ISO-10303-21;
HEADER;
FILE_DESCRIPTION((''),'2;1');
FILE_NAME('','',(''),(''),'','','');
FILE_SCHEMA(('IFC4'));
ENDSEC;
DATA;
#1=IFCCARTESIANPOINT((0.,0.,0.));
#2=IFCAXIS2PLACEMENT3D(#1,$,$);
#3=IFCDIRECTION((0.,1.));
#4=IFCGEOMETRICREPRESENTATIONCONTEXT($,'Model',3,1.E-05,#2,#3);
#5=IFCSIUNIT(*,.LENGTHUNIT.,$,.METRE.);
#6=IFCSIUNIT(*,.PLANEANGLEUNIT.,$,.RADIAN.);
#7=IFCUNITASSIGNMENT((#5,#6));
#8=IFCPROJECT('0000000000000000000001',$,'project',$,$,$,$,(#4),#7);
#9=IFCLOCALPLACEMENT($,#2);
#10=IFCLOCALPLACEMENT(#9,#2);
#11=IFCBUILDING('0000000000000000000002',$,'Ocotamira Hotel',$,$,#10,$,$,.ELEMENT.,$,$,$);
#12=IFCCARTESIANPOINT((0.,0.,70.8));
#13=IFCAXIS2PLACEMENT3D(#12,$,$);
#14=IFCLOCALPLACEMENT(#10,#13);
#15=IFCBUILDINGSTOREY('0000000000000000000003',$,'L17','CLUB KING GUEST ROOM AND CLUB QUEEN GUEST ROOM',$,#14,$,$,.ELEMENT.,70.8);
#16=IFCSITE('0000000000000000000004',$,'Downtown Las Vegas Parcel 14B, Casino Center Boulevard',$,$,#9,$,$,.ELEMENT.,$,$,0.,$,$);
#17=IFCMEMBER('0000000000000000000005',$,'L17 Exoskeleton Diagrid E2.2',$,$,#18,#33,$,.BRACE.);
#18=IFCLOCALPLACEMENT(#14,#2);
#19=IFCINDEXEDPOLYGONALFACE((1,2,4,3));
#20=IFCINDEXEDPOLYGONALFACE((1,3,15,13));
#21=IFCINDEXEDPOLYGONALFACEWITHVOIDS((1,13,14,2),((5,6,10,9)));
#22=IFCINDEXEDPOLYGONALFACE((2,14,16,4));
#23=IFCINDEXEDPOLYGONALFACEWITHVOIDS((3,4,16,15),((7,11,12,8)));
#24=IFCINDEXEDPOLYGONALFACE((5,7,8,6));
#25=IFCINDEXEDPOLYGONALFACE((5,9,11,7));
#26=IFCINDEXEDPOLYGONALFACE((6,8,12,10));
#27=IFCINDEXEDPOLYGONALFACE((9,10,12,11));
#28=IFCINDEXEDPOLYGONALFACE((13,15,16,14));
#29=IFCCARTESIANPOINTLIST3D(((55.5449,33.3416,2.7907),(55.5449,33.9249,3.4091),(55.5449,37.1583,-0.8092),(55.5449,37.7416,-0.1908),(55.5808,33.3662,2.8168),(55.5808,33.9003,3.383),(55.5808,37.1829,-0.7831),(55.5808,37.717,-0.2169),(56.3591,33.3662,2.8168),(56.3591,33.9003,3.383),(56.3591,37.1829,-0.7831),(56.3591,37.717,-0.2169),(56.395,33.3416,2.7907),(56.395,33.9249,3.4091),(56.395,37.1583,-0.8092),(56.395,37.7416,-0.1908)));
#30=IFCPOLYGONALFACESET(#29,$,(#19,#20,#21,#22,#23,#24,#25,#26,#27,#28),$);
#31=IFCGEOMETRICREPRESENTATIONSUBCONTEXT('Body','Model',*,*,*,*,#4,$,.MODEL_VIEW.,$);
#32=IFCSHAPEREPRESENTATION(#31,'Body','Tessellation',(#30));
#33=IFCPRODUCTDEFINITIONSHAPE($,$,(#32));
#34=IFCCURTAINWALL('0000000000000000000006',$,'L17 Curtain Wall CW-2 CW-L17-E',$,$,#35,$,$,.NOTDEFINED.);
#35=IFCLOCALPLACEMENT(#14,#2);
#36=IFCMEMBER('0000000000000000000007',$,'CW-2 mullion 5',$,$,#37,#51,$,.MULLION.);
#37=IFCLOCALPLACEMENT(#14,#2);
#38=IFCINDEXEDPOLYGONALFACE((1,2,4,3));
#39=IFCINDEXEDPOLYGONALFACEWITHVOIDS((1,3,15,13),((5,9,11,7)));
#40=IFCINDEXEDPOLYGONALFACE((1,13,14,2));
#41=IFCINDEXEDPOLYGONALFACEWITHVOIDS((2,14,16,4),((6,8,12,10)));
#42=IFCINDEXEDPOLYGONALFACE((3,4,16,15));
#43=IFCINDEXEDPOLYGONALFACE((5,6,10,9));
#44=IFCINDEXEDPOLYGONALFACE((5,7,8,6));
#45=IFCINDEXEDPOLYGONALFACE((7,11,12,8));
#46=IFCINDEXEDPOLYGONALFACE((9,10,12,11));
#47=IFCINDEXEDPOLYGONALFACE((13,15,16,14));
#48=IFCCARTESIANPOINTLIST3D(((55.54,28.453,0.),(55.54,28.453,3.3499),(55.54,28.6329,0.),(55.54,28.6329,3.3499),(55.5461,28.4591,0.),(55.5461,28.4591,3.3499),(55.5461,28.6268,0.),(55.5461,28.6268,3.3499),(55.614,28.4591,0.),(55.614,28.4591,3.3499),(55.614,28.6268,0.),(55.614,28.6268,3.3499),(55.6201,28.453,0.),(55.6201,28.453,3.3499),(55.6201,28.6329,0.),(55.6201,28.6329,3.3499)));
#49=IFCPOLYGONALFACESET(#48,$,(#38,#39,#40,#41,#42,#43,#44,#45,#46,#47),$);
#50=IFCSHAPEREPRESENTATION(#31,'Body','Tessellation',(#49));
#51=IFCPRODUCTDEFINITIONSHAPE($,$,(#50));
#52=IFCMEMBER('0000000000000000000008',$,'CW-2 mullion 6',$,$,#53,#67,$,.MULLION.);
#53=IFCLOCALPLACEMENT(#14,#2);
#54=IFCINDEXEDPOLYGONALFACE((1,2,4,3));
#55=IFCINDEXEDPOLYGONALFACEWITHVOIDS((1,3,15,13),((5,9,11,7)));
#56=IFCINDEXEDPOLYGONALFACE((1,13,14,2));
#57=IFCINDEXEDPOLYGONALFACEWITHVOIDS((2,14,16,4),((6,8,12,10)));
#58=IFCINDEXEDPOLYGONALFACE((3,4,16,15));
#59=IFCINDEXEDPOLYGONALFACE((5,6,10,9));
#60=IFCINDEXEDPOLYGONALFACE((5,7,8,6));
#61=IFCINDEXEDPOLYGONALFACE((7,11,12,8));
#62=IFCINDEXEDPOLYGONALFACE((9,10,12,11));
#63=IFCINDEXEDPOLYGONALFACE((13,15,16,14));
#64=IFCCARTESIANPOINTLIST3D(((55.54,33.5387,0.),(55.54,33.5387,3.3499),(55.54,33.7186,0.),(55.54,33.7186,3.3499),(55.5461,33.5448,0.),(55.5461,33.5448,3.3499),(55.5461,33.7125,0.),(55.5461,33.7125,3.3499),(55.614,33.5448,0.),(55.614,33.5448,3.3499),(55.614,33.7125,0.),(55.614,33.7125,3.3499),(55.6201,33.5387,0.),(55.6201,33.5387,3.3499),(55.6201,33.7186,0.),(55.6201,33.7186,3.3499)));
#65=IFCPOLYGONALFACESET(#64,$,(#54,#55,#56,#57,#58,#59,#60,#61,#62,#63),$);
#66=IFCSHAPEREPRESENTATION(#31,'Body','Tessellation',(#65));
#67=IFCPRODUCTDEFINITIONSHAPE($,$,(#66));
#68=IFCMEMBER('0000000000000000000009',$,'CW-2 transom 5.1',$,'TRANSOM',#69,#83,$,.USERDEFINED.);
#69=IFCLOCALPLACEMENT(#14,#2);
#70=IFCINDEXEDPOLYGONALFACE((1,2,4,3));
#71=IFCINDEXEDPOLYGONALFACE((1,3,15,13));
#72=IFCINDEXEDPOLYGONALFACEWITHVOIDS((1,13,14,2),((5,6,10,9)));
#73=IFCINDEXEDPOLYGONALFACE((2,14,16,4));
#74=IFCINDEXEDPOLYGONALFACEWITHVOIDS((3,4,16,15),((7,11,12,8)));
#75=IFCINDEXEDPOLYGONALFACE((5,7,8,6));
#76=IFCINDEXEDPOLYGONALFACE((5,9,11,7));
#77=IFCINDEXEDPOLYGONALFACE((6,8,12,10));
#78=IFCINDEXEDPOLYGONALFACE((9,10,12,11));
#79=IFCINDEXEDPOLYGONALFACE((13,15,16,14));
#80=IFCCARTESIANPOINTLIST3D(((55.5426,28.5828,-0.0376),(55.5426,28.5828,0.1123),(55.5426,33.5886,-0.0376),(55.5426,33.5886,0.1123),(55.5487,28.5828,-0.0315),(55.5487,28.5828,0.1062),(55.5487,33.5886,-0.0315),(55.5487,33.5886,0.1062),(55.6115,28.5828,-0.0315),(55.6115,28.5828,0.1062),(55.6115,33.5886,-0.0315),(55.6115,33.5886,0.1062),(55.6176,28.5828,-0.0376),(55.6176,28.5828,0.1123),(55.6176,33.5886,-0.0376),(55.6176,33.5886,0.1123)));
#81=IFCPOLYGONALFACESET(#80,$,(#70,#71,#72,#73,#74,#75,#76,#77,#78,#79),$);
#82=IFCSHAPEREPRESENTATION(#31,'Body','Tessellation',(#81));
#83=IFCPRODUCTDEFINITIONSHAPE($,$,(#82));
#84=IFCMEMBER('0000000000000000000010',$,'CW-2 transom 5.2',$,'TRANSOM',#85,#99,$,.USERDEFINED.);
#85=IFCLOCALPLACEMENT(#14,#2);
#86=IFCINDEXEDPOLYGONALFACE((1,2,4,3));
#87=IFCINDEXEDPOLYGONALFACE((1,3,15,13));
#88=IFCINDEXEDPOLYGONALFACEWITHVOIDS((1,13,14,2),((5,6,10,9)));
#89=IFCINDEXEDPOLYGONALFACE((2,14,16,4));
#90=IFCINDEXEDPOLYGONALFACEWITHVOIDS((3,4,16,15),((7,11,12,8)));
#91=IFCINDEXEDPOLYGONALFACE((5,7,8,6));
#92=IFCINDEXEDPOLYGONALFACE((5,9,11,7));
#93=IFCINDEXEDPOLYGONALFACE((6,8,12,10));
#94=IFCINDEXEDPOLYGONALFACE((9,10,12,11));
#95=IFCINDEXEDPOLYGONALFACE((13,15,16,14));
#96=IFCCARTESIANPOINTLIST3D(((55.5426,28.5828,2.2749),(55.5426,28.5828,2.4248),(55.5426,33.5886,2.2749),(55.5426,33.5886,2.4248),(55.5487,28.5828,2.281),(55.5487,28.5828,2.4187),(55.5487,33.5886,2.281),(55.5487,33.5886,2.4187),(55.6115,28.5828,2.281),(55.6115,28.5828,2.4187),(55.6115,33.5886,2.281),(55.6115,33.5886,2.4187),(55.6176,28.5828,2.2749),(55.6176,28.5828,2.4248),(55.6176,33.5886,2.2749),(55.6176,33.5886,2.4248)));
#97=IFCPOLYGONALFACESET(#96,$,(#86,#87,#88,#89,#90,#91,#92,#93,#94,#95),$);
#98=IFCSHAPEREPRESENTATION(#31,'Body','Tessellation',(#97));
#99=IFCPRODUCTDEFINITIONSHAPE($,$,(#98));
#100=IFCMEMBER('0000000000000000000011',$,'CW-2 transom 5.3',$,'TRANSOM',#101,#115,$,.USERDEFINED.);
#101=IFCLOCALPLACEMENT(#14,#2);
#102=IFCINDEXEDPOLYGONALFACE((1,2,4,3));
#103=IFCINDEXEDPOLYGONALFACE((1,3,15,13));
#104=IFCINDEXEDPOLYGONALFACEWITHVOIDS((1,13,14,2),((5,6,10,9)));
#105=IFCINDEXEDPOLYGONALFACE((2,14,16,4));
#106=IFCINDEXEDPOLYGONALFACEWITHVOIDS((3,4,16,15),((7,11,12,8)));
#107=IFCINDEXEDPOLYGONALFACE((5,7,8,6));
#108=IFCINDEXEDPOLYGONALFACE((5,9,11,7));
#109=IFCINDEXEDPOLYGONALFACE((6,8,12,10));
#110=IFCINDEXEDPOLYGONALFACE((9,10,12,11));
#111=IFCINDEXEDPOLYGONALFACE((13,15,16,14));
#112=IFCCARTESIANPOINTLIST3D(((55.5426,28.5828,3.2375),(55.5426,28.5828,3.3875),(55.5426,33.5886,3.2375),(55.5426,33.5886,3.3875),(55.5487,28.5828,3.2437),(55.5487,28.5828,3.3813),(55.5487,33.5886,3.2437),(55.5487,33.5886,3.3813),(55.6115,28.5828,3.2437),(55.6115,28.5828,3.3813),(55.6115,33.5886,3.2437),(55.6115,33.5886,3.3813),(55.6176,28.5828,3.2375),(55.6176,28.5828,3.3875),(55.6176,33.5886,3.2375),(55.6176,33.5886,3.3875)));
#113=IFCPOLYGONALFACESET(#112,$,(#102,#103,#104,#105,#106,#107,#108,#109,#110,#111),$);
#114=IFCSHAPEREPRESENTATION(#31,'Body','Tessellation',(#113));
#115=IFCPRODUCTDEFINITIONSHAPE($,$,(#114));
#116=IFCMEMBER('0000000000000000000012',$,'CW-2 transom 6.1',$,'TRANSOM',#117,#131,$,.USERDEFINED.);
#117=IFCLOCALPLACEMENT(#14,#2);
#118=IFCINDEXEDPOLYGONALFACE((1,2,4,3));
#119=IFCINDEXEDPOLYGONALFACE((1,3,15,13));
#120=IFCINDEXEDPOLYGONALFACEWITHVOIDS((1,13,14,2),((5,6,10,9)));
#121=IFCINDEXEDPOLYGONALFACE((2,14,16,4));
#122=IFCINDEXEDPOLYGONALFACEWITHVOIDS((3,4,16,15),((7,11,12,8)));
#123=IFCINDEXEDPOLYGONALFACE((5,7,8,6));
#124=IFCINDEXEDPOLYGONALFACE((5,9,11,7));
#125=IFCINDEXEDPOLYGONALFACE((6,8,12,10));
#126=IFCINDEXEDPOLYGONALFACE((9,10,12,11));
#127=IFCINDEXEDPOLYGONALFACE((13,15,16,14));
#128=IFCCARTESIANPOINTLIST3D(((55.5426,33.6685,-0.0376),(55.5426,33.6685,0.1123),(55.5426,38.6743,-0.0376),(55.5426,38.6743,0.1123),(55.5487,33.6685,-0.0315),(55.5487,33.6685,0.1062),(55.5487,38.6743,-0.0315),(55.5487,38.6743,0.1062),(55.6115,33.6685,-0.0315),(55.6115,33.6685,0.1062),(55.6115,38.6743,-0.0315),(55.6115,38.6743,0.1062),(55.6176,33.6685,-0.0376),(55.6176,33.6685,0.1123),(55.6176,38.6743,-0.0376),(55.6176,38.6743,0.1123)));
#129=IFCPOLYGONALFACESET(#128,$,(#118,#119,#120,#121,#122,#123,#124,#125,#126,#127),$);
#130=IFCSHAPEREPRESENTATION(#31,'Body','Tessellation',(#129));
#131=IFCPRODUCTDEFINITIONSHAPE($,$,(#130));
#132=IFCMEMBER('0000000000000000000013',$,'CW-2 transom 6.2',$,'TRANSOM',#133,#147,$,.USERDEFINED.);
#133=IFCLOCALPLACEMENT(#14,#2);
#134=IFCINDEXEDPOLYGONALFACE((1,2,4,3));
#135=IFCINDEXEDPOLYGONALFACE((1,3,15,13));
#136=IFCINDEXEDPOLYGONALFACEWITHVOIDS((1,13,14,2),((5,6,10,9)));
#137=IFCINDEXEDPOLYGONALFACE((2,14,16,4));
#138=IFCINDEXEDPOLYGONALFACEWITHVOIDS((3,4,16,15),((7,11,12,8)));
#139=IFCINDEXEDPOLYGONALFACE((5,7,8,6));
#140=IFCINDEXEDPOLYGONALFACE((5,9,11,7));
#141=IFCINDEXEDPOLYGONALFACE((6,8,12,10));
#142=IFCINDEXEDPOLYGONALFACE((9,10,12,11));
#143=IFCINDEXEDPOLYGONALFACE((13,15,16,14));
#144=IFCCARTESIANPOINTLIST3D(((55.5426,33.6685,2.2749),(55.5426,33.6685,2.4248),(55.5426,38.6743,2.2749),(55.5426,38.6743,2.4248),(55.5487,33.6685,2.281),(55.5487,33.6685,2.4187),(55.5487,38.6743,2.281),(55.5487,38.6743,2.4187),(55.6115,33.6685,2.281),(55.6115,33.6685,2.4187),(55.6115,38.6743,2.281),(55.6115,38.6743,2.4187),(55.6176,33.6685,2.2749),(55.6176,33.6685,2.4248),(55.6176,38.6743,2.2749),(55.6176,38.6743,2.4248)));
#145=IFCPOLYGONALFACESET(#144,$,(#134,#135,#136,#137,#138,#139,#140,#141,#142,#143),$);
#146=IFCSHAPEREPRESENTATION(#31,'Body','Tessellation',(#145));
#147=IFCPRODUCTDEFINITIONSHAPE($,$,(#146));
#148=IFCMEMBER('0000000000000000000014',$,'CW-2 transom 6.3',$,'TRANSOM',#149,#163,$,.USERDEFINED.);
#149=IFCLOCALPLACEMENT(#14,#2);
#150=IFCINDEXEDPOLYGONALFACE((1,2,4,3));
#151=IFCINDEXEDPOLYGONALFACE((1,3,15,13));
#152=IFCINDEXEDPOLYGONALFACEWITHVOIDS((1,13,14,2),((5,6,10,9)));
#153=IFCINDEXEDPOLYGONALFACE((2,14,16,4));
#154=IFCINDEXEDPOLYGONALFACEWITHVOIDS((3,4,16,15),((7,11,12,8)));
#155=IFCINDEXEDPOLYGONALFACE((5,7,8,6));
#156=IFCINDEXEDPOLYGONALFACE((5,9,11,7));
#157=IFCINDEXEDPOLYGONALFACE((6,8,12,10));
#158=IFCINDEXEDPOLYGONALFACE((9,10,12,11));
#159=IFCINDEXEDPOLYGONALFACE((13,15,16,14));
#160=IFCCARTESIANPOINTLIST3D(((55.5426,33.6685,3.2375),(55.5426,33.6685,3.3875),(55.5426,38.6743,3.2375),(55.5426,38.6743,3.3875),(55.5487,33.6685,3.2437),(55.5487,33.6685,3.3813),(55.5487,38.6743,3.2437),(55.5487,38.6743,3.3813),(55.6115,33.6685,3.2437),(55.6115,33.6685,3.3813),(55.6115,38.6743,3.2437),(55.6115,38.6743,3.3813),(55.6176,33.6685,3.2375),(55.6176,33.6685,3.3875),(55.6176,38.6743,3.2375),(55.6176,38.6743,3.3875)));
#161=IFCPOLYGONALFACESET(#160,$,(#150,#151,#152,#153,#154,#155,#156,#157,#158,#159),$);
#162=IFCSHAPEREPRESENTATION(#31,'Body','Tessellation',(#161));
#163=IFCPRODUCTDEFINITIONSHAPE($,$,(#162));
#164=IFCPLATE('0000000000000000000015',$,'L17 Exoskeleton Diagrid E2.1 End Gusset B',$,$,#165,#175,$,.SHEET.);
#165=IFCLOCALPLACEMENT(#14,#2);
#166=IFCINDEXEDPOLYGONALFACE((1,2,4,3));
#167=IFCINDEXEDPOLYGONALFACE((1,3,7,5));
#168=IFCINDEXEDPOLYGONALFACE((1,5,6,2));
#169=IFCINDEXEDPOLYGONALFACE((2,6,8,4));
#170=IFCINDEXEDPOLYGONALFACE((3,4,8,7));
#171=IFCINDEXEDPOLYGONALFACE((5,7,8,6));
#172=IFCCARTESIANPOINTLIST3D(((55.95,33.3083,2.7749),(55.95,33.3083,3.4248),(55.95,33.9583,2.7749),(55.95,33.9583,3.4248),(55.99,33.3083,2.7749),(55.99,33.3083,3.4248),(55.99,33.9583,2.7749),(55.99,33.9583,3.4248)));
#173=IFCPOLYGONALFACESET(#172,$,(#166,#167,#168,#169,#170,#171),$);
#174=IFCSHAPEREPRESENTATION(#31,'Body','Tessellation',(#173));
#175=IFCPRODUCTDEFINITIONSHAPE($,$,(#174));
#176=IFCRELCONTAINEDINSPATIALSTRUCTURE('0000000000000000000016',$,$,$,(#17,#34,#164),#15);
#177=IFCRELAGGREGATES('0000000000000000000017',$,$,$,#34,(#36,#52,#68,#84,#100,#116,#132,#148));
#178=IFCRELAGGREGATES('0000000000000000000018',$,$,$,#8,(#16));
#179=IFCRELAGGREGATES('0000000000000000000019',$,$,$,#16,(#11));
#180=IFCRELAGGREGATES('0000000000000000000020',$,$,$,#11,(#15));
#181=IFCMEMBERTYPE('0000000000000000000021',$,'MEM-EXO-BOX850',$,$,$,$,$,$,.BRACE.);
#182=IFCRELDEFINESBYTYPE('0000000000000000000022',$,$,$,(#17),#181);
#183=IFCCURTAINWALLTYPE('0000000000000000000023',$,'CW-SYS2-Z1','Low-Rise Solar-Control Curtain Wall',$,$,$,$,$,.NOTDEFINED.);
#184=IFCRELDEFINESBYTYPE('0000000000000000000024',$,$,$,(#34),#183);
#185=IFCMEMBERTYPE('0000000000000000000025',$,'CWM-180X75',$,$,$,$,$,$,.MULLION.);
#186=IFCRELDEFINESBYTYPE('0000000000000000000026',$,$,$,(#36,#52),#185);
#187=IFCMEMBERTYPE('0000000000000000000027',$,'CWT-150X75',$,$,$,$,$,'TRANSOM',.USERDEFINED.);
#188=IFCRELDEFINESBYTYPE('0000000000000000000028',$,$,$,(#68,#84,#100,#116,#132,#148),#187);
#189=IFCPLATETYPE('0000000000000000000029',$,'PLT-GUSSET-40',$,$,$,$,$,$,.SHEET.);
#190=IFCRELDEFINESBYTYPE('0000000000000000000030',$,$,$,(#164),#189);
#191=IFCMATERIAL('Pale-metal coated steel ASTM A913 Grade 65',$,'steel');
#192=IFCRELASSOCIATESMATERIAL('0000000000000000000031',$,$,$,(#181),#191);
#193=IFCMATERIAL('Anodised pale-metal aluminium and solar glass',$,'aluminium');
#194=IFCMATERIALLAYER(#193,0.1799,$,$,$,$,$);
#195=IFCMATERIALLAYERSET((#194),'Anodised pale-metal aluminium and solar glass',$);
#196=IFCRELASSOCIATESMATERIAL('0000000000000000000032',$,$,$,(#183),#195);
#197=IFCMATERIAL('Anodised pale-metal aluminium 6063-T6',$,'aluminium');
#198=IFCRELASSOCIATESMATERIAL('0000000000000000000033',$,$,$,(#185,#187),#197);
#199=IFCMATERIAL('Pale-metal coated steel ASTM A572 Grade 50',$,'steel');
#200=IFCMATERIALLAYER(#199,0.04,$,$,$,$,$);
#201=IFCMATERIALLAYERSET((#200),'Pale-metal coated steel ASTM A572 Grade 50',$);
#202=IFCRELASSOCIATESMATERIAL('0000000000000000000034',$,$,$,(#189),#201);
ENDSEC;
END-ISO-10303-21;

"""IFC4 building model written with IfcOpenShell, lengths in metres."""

from ifc_helpers import new_model, si_unit, direction, frame, origin, origin_2d, place, context, subcontext, project, spatial, rectangle, hollow_rectangle, extrude, source, transform, mapped, material, layer, layer_set, material_profile, profile_set, type_object, element, aggregate, save


model = new_model("IFC4")

# Units and contexts
model_context = context("Model", 3, precision=1e-05, world=origin(), true_north=direction((0.0, 1.0)))
body_context = subcontext(model_context, "Body", "Model", "MODEL_VIEW")
ifc_project = project(units=[si_unit("LENGTHUNIT", "METRE"), si_unit("PLANEANGLEUNIT", "RADIAN")], contexts=[model_context])

# Site, building, storey
site_placement = place(None, origin())
site = spatial("IfcSite", under=ifc_project, at=site_placement, Name="Downtown Las Vegas Parcel 14B, Casino Center Boulevard", CompositionType="ELEMENT", RefElevation=0.0)
building_placement = place(site_placement, origin())
building = spatial("IfcBuilding", under=site, at=building_placement, Name="Ocotamira Hotel", CompositionType="ELEMENT")
storey_placement = place(building_placement, frame((0.0, 0.0, 70.8)))
storey = spatial("IfcBuildingStorey", under=building, at=storey_placement, Name="L17", Description="CLUB KING GUEST ROOM AND CLUB QUEEN GUEST ROOM", CompositionType="ELEMENT", Elevation=70.8)

# Member
ifc_material_1 = material(Name="Pale-metal coated steel ASTM A913 Grade 65", Category="steel")
ifc_material_profile_1 = material_profile(ifc_material_1, hollow_rectangle(XDim=0.8501, YDim=0.8501, WallThickness=0.0359, at=origin_2d()), Name="BOX850X850X36")
ifc_profile_set_1 = profile_set([ifc_material_profile_1], Name="Pale-metal coated steel ASTM A913 Grade 65")
member_type_1 = type_object("IfcMemberType", Name="MEM-EXO-BOX850", PredefinedType="BRACE", material=ifc_profile_set_1)
shared_shape_1 = source(origin(), body_context, "Body", "SweptSolid", [
    extrude(hollow_rectangle(XDim=0.8501, YDim=0.8501, WallThickness=0.0359, at=origin_2d()), origin(), (0.0, 0.0, 1.0), 5.2466),
])
for number, where, z_axis, x_axis, name in (
    (1, (55.97, 37.45, -0.5), (0.0, -0.727466, 0.686144), (1.0, 0.0, 0.0), "L17 Exoskeleton Diagrid E2.2"),
):
    element("IfcMember", number, at=place(storey_placement, frame(where, z_axis=z_axis, x_axis=x_axis)), inside=storey, type_object=member_type_1, Name=name, PredefinedType="BRACE", context=body_context, shape_type="MappedRepresentation", body=[
        mapped(shared_shape_1, transform((0.0, 0.0, 0.0), scale=1.0)),
    ])

# Curtain wall, members
ifc_material_2 = material(Name="Anodised pale-metal aluminium and solar glass", Category="aluminium")
ifc_layer_1 = layer(ifc_material_2, 0.1799)
ifc_layer_set_1 = layer_set([ifc_layer_1], Name="Anodised pale-metal aluminium and solar glass")
curtain_wall_type = type_object("IfcCurtainWallType", Name="CW-SYS2-Z1", Description="Low-Rise Solar-Control Curtain Wall", PredefinedType="NOTDEFINED", material=ifc_layer_set_1)
curtain_wall_placement = place(storey_placement, origin())
curtain_wall = element("IfcCurtainWall", 2, at=curtain_wall_placement, inside=storey, type_object=curtain_wall_type, Name="L17 Curtain Wall CW-2 CW-L17-E", PredefinedType="NOTDEFINED")
ifc_material_3 = material(Name="Anodised pale-metal aluminium 6063-T6", Category="aluminium")
ifc_material_profile_2 = material_profile(ifc_material_3, hollow_rectangle(XDim=0.0801, YDim=0.1799, WallThickness=0.0061, at=origin_2d()), Name="HSS180X80X6")
ifc_profile_set_2 = profile_set([ifc_material_profile_2], Name="Anodised pale-metal aluminium 6063-T6")
member_type_2 = type_object("IfcMemberType", Name="CWM-180X75", PredefinedType="MULLION", material=ifc_profile_set_2)
shared_shape_2 = source(origin(), body_context, "Body", "SweptSolid", [
    extrude(hollow_rectangle(XDim=0.0801, YDim=0.1799, WallThickness=0.0061, at=origin_2d()), origin(), (0.0, 0.0, 1.0), 3.3499),
])
member_1_placement = place(storey_placement, frame((55.5801, 28.543, 0.0), z_axis=(0.0, 0.0, 1.0), x_axis=(-1.0, 0.0, 0.0)))
member_1 = element("IfcMember", 3, at=member_1_placement, type_object=member_type_2, Name="CW-2 mullion 5", PredefinedType="MULLION", context=body_context, shape_type="MappedRepresentation", body=[
    mapped(shared_shape_2, transform((0.0, 0.0, 0.0), scale=1.0)),
])
member_2_placement = place(storey_placement, frame((55.5801, 33.6287, 0.0), z_axis=(0.0, 0.0, 1.0), x_axis=(-1.0, 0.0, 0.0)))
member_2 = element("IfcMember", 4, at=member_2_placement, type_object=member_type_2, Name="CW-2 mullion 6", PredefinedType="MULLION", context=body_context, shape_type="MappedRepresentation", body=[
    mapped(shared_shape_2, transform((0.0, 0.0, 0.0), scale=1.0)),
])
ifc_material_profile_3 = material_profile(ifc_material_3, hollow_rectangle(XDim=0.075, YDim=0.1499, WallThickness=0.0061, at=origin_2d()), Name="HSS150X75X6")
ifc_profile_set_3 = profile_set([ifc_material_profile_3], Name="Anodised pale-metal aluminium 6063-T6")
member_type_3 = type_object("IfcMemberType", Name="CWT-150X75", ElementType="TRANSOM", PredefinedType="USERDEFINED", material=ifc_profile_set_3)
shared_shape_3 = source(origin(), body_context, "Body", "SweptSolid", [
    extrude(hollow_rectangle(XDim=0.075, YDim=0.1499, WallThickness=0.0061, at=origin_2d()), origin(), (0.0, 0.0, 1.0), 5.0059),
])
member_3_placement = place(storey_placement, frame((55.5801, 28.5828, 0.0374), z_axis=(0.0, 1.0, 0.0), x_axis=(-1.0, 0.0, 0.0)))
member_3 = element("IfcMember", 5, at=member_3_placement, type_object=member_type_3, Name="CW-2 transom 5.1", ObjectType="TRANSOM", PredefinedType="USERDEFINED", context=body_context, shape_type="MappedRepresentation", body=[
    mapped(shared_shape_3, transform((0.0, 0.0, 0.0), scale=1.0)),
])
member_4_placement = place(storey_placement, frame((55.5801, 28.5828, 2.3499), z_axis=(0.0, 1.0, 0.0), x_axis=(-1.0, 0.0, 0.0)))
member_4 = element("IfcMember", 6, at=member_4_placement, type_object=member_type_3, Name="CW-2 transom 5.2", ObjectType="TRANSOM", PredefinedType="USERDEFINED", context=body_context, shape_type="MappedRepresentation", body=[
    mapped(shared_shape_3, transform((0.0, 0.0, 0.0), scale=1.0)),
])
member_5_placement = place(storey_placement, frame((55.5801, 28.5828, 3.3125), z_axis=(0.0, 1.0, 0.0), x_axis=(-1.0, 0.0, 0.0)))
member_5 = element("IfcMember", 7, at=member_5_placement, type_object=member_type_3, Name="CW-2 transom 5.3", ObjectType="TRANSOM", PredefinedType="USERDEFINED", context=body_context, shape_type="MappedRepresentation", body=[
    mapped(shared_shape_3, transform((0.0, 0.0, 0.0), scale=1.0)),
])
member_6_placement = place(storey_placement, frame((55.5801, 33.6685, 0.0374), z_axis=(0.0, 1.0, 0.0), x_axis=(-1.0, 0.0, 0.0)))
member_6 = element("IfcMember", 8, at=member_6_placement, type_object=member_type_3, Name="CW-2 transom 6.1", ObjectType="TRANSOM", PredefinedType="USERDEFINED", context=body_context, shape_type="MappedRepresentation", body=[
    mapped(shared_shape_3, transform((0.0, 0.0, 0.0), scale=1.0)),
])
member_7_placement = place(storey_placement, frame((55.5801, 33.6685, 2.3499), z_axis=(0.0, 1.0, 0.0), x_axis=(-1.0, 0.0, 0.0)))
member_7 = element("IfcMember", 9, at=member_7_placement, type_object=member_type_3, Name="CW-2 transom 6.2", ObjectType="TRANSOM", PredefinedType="USERDEFINED", context=body_context, shape_type="MappedRepresentation", body=[
    mapped(shared_shape_3, transform((0.0, 0.0, 0.0), scale=1.0)),
])
member_8_placement = place(storey_placement, frame((55.5801, 33.6685, 3.3125), z_axis=(0.0, 1.0, 0.0), x_axis=(-1.0, 0.0, 0.0)))
member_8 = element("IfcMember", 10, at=member_8_placement, type_object=member_type_3, Name="CW-2 transom 6.3", ObjectType="TRANSOM", PredefinedType="USERDEFINED", context=body_context, shape_type="MappedRepresentation", body=[
    mapped(shared_shape_3, transform((0.0, 0.0, 0.0), scale=1.0)),
])

# Plate
ifc_material_4 = material(Name="Pale-metal coated steel ASTM A572 Grade 50", Category="steel")
ifc_layer_2 = layer(ifc_material_4, 0.04)
ifc_layer_set_2 = layer_set([ifc_layer_2], Name="Pale-metal coated steel ASTM A572 Grade 50")
plate_type_1 = type_object("IfcPlateType", Name="PLT-GUSSET-40", PredefinedType="SHEET", material=ifc_layer_set_2)
shared_shape_4 = source(origin(), body_context, "Body", "SweptSolid", [
    extrude(rectangle(XDim=0.04, YDim=0.6499, at=origin_2d()), origin(), (0.0, 0.0, 1.0), 0.6499),
])
plate_1_placement = place(storey_placement, frame((55.97, 33.6333, 2.7749), z_axis=(0.0, 0.0, 1.0), x_axis=(1.0, 0.0, 0.0)))
element("IfcPlate", 11, at=plate_1_placement, inside=storey, type_object=plate_type_1, Name="L17 Exoskeleton Diagrid E2.1 End Gusset B", PredefinedType="SHEET", context=body_context, shape_type="MappedRepresentation", body=[
    mapped(shared_shape_4, transform((0.0, 0.0, 0.0), scale=1.0)),
])
aggregate(curtain_wall, [member_1, member_2, member_3, member_4, member_5, member_6, member_7, member_8])

save(model, "model.ifc")
